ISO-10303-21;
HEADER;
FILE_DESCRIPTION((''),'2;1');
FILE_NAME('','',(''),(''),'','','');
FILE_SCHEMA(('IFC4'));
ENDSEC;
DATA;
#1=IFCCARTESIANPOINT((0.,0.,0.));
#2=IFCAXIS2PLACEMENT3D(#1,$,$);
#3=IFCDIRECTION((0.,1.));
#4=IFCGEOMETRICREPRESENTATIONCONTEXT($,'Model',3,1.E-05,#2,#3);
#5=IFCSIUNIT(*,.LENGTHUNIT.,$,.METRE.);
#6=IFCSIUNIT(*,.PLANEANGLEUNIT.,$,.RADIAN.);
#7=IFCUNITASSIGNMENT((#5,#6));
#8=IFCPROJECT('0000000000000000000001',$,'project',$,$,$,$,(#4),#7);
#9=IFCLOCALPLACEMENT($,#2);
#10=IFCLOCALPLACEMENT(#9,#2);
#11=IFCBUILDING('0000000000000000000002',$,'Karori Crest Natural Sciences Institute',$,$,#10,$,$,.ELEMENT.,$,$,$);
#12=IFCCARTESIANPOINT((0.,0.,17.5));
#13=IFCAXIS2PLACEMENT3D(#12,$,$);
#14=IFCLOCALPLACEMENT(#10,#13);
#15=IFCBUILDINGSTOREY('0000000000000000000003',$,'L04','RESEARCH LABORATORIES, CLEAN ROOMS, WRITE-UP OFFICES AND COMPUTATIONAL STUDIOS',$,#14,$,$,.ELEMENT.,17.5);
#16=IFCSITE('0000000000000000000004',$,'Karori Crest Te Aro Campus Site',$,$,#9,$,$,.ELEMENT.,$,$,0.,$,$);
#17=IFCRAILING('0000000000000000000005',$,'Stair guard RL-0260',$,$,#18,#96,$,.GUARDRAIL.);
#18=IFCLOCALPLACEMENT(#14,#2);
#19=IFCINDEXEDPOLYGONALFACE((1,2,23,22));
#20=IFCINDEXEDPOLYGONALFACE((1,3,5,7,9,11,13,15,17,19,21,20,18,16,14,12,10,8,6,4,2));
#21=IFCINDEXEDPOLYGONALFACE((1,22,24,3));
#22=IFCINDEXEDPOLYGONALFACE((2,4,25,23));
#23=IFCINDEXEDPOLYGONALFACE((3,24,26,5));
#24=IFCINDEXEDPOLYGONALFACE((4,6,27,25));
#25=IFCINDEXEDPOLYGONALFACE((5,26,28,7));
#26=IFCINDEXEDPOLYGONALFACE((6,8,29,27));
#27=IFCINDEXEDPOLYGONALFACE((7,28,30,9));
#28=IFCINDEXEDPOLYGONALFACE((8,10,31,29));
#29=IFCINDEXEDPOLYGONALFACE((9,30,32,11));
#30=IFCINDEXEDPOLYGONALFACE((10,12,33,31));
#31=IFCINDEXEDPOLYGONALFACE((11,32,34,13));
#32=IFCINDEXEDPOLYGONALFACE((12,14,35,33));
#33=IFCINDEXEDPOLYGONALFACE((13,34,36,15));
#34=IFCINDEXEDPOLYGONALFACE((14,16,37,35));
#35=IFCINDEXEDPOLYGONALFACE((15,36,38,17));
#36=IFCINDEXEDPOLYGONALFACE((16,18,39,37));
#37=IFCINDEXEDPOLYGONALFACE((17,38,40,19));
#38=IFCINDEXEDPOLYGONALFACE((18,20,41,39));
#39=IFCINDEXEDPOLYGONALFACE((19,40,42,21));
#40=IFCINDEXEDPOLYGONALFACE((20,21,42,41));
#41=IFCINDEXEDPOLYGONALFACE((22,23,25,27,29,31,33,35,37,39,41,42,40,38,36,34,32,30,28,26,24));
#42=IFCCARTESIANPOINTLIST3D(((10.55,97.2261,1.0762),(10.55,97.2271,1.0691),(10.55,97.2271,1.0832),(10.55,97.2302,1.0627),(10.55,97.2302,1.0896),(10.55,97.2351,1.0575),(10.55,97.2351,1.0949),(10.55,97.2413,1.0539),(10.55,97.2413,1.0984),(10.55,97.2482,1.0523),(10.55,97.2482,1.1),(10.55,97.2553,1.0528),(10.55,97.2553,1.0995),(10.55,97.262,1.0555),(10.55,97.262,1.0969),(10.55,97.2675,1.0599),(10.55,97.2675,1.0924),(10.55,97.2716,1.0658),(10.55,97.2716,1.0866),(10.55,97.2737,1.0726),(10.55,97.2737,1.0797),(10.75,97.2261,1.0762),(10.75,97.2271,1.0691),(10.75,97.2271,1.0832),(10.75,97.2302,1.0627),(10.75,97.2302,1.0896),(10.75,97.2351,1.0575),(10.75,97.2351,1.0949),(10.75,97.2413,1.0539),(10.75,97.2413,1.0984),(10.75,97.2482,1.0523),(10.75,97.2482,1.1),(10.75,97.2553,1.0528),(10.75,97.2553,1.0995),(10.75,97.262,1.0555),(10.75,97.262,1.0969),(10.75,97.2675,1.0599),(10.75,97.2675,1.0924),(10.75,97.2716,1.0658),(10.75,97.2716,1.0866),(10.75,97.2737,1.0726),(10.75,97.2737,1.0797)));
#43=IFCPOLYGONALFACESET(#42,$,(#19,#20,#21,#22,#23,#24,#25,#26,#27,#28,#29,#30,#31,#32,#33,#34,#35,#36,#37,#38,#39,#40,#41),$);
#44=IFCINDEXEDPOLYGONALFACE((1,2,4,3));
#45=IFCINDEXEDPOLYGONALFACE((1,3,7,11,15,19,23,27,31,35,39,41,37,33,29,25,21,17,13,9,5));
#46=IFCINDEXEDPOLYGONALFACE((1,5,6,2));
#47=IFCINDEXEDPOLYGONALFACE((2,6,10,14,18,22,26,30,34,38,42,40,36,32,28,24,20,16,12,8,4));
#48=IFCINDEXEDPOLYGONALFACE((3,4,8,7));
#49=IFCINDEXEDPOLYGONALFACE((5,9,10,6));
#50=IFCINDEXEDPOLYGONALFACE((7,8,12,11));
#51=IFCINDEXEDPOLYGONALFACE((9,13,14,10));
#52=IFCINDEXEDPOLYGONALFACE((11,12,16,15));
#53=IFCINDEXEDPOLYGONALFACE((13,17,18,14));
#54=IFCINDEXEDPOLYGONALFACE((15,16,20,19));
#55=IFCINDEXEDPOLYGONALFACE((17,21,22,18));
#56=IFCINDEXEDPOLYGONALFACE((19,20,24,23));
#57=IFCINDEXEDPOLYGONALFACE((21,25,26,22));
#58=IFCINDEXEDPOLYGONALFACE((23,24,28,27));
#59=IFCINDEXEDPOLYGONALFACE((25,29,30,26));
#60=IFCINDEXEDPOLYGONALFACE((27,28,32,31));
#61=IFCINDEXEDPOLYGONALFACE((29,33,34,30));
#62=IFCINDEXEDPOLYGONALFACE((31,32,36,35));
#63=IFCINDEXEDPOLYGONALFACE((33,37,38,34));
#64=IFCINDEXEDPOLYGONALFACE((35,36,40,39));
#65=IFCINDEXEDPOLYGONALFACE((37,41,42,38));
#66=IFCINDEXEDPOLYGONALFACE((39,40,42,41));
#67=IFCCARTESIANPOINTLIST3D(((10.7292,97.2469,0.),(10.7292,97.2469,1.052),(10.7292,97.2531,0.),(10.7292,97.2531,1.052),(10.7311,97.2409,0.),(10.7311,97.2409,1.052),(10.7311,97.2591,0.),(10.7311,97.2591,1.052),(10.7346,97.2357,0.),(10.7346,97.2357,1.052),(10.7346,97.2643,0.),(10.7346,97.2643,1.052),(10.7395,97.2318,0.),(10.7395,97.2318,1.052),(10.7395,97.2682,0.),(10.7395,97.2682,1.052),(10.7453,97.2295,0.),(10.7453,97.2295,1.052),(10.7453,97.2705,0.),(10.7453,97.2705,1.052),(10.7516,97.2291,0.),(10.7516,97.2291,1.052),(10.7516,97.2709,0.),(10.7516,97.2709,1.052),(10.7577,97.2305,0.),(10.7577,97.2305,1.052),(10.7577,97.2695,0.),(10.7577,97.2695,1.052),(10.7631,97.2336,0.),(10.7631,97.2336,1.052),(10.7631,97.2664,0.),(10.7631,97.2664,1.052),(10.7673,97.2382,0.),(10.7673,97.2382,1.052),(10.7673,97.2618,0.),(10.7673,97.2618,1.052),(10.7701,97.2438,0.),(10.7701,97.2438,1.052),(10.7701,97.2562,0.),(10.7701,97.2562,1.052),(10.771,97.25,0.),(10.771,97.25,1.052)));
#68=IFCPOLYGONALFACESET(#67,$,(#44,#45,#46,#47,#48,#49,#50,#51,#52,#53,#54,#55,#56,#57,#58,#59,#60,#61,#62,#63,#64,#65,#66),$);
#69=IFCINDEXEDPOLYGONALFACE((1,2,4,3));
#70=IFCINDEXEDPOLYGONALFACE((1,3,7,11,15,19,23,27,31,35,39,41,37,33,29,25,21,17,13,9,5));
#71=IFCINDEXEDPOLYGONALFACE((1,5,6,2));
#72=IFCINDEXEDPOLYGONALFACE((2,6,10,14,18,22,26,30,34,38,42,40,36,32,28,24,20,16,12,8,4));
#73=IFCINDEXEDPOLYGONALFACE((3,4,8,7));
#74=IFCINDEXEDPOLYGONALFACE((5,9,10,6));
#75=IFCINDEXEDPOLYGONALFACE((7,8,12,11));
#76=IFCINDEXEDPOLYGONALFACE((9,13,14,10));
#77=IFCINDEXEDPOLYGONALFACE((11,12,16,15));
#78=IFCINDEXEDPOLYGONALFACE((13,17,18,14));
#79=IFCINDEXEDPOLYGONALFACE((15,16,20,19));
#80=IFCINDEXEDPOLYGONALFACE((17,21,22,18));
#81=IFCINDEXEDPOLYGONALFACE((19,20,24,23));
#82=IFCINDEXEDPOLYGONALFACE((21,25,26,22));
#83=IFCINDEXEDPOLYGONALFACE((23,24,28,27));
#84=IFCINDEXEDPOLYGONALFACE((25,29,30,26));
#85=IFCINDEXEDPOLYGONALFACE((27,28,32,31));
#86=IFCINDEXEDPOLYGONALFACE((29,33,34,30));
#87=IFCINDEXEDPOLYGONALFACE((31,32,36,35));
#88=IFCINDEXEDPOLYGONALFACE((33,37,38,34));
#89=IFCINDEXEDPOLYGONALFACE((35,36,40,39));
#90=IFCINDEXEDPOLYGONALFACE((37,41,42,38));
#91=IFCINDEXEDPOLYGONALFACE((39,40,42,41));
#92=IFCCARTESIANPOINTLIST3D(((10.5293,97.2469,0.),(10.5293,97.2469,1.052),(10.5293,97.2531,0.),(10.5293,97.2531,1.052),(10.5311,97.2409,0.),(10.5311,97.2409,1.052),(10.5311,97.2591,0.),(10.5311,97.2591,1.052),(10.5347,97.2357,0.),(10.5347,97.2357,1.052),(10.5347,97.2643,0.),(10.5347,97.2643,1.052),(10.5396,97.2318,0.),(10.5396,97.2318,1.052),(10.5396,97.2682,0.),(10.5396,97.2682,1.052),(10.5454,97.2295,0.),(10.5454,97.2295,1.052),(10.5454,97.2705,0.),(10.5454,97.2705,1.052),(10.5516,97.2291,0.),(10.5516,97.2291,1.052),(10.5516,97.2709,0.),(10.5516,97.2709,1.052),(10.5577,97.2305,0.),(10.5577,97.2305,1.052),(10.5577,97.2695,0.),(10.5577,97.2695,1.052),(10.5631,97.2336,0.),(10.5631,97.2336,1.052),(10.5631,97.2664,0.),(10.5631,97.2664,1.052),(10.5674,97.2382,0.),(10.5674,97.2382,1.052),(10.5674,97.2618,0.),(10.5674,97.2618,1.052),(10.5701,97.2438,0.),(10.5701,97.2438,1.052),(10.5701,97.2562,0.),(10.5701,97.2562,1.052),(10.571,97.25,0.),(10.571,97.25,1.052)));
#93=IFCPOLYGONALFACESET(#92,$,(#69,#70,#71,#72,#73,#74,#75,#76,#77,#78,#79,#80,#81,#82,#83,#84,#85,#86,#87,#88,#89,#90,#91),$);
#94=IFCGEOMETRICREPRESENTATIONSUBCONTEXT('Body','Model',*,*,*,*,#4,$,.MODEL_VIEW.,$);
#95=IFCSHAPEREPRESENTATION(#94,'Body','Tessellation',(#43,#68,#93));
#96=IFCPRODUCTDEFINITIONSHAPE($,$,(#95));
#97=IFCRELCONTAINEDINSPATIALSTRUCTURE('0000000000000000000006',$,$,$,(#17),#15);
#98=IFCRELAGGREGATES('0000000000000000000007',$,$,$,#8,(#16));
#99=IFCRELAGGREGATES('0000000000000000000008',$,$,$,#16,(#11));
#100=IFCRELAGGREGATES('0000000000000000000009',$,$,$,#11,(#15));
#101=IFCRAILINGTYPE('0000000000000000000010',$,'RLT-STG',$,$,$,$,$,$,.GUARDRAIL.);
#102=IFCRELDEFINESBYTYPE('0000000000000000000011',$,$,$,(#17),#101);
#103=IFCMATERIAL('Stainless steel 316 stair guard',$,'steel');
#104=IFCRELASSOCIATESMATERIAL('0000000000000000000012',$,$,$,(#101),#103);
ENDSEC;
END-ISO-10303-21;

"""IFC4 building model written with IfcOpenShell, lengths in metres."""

from ifc_helpers import new_model, si_unit, direction, frame, origin, origin_2d, place, context, subcontext, project, spatial, circle, extrude, material, type_object, element, save


model = new_model("IFC4")

# Units and contexts
model_context = context("Model", 3, precision=1e-05, world=origin(), true_north=direction((0.0, 1.0)))
body_context = subcontext(model_context, "Body", "Model", "MODEL_VIEW")
ifc_project = project(units=[si_unit("LENGTHUNIT", "METRE"), si_unit("PLANEANGLEUNIT", "RADIAN")], contexts=[model_context])

# Site, building, storey
site_placement = place(None, origin())
site = spatial("IfcSite", under=ifc_project, at=site_placement, Name="Karori Crest Te Aro Campus Site", CompositionType="ELEMENT", RefElevation=0.0)
building_placement = place(site_placement, origin())
building = spatial("IfcBuilding", under=site, at=building_placement, Name="Karori Crest Natural Sciences Institute", CompositionType="ELEMENT")
storey_placement = place(building_placement, frame((0.0, 0.0, 17.5)))
storey = spatial("IfcBuildingStorey", under=building, at=storey_placement, Name="L04", Description="RESEARCH LABORATORIES, CLEAN ROOMS, WRITE-UP OFFICES AND COMPUTATIONAL STUDIOS", CompositionType="ELEMENT", Elevation=17.5)

# Railing
ifc_material_1 = material(Name="Stainless steel 316 stair guard", Category="steel")
railing_type_1 = type_object("IfcRailingType", Name="RLT-STG", PredefinedType="GUARDRAIL", material=ifc_material_1)
railing_1_placement = place(storey_placement, frame((10.75, 97.25, 0.0)))
element("IfcRailing", 1, at=railing_1_placement, inside=storey, type_object=railing_type_1, Name="Stair guard RL-0260", PredefinedType="GUARDRAIL", context=body_context, shape_type="SweptSolid", body=[
    extrude(circle(Radius=0.0239, at=origin_2d()), frame((0.0, 0.0, 1.0762), z_axis=(-1.0, 0.0, 0.0), x_axis=(0.0, -1.0, 0.0)), (0.0, 0.0, 1.0), 0.2),
    extrude(circle(Radius=0.021, at=origin_2d()), origin(), (0.0, 0.0, 1.0), 1.052),
    extrude(circle(Radius=0.021, at=origin_2d()), frame((-0.2, 0.0, 0.0)), (0.0, 0.0, 1.0), 1.052),
])

save(model, "model.ifc")
